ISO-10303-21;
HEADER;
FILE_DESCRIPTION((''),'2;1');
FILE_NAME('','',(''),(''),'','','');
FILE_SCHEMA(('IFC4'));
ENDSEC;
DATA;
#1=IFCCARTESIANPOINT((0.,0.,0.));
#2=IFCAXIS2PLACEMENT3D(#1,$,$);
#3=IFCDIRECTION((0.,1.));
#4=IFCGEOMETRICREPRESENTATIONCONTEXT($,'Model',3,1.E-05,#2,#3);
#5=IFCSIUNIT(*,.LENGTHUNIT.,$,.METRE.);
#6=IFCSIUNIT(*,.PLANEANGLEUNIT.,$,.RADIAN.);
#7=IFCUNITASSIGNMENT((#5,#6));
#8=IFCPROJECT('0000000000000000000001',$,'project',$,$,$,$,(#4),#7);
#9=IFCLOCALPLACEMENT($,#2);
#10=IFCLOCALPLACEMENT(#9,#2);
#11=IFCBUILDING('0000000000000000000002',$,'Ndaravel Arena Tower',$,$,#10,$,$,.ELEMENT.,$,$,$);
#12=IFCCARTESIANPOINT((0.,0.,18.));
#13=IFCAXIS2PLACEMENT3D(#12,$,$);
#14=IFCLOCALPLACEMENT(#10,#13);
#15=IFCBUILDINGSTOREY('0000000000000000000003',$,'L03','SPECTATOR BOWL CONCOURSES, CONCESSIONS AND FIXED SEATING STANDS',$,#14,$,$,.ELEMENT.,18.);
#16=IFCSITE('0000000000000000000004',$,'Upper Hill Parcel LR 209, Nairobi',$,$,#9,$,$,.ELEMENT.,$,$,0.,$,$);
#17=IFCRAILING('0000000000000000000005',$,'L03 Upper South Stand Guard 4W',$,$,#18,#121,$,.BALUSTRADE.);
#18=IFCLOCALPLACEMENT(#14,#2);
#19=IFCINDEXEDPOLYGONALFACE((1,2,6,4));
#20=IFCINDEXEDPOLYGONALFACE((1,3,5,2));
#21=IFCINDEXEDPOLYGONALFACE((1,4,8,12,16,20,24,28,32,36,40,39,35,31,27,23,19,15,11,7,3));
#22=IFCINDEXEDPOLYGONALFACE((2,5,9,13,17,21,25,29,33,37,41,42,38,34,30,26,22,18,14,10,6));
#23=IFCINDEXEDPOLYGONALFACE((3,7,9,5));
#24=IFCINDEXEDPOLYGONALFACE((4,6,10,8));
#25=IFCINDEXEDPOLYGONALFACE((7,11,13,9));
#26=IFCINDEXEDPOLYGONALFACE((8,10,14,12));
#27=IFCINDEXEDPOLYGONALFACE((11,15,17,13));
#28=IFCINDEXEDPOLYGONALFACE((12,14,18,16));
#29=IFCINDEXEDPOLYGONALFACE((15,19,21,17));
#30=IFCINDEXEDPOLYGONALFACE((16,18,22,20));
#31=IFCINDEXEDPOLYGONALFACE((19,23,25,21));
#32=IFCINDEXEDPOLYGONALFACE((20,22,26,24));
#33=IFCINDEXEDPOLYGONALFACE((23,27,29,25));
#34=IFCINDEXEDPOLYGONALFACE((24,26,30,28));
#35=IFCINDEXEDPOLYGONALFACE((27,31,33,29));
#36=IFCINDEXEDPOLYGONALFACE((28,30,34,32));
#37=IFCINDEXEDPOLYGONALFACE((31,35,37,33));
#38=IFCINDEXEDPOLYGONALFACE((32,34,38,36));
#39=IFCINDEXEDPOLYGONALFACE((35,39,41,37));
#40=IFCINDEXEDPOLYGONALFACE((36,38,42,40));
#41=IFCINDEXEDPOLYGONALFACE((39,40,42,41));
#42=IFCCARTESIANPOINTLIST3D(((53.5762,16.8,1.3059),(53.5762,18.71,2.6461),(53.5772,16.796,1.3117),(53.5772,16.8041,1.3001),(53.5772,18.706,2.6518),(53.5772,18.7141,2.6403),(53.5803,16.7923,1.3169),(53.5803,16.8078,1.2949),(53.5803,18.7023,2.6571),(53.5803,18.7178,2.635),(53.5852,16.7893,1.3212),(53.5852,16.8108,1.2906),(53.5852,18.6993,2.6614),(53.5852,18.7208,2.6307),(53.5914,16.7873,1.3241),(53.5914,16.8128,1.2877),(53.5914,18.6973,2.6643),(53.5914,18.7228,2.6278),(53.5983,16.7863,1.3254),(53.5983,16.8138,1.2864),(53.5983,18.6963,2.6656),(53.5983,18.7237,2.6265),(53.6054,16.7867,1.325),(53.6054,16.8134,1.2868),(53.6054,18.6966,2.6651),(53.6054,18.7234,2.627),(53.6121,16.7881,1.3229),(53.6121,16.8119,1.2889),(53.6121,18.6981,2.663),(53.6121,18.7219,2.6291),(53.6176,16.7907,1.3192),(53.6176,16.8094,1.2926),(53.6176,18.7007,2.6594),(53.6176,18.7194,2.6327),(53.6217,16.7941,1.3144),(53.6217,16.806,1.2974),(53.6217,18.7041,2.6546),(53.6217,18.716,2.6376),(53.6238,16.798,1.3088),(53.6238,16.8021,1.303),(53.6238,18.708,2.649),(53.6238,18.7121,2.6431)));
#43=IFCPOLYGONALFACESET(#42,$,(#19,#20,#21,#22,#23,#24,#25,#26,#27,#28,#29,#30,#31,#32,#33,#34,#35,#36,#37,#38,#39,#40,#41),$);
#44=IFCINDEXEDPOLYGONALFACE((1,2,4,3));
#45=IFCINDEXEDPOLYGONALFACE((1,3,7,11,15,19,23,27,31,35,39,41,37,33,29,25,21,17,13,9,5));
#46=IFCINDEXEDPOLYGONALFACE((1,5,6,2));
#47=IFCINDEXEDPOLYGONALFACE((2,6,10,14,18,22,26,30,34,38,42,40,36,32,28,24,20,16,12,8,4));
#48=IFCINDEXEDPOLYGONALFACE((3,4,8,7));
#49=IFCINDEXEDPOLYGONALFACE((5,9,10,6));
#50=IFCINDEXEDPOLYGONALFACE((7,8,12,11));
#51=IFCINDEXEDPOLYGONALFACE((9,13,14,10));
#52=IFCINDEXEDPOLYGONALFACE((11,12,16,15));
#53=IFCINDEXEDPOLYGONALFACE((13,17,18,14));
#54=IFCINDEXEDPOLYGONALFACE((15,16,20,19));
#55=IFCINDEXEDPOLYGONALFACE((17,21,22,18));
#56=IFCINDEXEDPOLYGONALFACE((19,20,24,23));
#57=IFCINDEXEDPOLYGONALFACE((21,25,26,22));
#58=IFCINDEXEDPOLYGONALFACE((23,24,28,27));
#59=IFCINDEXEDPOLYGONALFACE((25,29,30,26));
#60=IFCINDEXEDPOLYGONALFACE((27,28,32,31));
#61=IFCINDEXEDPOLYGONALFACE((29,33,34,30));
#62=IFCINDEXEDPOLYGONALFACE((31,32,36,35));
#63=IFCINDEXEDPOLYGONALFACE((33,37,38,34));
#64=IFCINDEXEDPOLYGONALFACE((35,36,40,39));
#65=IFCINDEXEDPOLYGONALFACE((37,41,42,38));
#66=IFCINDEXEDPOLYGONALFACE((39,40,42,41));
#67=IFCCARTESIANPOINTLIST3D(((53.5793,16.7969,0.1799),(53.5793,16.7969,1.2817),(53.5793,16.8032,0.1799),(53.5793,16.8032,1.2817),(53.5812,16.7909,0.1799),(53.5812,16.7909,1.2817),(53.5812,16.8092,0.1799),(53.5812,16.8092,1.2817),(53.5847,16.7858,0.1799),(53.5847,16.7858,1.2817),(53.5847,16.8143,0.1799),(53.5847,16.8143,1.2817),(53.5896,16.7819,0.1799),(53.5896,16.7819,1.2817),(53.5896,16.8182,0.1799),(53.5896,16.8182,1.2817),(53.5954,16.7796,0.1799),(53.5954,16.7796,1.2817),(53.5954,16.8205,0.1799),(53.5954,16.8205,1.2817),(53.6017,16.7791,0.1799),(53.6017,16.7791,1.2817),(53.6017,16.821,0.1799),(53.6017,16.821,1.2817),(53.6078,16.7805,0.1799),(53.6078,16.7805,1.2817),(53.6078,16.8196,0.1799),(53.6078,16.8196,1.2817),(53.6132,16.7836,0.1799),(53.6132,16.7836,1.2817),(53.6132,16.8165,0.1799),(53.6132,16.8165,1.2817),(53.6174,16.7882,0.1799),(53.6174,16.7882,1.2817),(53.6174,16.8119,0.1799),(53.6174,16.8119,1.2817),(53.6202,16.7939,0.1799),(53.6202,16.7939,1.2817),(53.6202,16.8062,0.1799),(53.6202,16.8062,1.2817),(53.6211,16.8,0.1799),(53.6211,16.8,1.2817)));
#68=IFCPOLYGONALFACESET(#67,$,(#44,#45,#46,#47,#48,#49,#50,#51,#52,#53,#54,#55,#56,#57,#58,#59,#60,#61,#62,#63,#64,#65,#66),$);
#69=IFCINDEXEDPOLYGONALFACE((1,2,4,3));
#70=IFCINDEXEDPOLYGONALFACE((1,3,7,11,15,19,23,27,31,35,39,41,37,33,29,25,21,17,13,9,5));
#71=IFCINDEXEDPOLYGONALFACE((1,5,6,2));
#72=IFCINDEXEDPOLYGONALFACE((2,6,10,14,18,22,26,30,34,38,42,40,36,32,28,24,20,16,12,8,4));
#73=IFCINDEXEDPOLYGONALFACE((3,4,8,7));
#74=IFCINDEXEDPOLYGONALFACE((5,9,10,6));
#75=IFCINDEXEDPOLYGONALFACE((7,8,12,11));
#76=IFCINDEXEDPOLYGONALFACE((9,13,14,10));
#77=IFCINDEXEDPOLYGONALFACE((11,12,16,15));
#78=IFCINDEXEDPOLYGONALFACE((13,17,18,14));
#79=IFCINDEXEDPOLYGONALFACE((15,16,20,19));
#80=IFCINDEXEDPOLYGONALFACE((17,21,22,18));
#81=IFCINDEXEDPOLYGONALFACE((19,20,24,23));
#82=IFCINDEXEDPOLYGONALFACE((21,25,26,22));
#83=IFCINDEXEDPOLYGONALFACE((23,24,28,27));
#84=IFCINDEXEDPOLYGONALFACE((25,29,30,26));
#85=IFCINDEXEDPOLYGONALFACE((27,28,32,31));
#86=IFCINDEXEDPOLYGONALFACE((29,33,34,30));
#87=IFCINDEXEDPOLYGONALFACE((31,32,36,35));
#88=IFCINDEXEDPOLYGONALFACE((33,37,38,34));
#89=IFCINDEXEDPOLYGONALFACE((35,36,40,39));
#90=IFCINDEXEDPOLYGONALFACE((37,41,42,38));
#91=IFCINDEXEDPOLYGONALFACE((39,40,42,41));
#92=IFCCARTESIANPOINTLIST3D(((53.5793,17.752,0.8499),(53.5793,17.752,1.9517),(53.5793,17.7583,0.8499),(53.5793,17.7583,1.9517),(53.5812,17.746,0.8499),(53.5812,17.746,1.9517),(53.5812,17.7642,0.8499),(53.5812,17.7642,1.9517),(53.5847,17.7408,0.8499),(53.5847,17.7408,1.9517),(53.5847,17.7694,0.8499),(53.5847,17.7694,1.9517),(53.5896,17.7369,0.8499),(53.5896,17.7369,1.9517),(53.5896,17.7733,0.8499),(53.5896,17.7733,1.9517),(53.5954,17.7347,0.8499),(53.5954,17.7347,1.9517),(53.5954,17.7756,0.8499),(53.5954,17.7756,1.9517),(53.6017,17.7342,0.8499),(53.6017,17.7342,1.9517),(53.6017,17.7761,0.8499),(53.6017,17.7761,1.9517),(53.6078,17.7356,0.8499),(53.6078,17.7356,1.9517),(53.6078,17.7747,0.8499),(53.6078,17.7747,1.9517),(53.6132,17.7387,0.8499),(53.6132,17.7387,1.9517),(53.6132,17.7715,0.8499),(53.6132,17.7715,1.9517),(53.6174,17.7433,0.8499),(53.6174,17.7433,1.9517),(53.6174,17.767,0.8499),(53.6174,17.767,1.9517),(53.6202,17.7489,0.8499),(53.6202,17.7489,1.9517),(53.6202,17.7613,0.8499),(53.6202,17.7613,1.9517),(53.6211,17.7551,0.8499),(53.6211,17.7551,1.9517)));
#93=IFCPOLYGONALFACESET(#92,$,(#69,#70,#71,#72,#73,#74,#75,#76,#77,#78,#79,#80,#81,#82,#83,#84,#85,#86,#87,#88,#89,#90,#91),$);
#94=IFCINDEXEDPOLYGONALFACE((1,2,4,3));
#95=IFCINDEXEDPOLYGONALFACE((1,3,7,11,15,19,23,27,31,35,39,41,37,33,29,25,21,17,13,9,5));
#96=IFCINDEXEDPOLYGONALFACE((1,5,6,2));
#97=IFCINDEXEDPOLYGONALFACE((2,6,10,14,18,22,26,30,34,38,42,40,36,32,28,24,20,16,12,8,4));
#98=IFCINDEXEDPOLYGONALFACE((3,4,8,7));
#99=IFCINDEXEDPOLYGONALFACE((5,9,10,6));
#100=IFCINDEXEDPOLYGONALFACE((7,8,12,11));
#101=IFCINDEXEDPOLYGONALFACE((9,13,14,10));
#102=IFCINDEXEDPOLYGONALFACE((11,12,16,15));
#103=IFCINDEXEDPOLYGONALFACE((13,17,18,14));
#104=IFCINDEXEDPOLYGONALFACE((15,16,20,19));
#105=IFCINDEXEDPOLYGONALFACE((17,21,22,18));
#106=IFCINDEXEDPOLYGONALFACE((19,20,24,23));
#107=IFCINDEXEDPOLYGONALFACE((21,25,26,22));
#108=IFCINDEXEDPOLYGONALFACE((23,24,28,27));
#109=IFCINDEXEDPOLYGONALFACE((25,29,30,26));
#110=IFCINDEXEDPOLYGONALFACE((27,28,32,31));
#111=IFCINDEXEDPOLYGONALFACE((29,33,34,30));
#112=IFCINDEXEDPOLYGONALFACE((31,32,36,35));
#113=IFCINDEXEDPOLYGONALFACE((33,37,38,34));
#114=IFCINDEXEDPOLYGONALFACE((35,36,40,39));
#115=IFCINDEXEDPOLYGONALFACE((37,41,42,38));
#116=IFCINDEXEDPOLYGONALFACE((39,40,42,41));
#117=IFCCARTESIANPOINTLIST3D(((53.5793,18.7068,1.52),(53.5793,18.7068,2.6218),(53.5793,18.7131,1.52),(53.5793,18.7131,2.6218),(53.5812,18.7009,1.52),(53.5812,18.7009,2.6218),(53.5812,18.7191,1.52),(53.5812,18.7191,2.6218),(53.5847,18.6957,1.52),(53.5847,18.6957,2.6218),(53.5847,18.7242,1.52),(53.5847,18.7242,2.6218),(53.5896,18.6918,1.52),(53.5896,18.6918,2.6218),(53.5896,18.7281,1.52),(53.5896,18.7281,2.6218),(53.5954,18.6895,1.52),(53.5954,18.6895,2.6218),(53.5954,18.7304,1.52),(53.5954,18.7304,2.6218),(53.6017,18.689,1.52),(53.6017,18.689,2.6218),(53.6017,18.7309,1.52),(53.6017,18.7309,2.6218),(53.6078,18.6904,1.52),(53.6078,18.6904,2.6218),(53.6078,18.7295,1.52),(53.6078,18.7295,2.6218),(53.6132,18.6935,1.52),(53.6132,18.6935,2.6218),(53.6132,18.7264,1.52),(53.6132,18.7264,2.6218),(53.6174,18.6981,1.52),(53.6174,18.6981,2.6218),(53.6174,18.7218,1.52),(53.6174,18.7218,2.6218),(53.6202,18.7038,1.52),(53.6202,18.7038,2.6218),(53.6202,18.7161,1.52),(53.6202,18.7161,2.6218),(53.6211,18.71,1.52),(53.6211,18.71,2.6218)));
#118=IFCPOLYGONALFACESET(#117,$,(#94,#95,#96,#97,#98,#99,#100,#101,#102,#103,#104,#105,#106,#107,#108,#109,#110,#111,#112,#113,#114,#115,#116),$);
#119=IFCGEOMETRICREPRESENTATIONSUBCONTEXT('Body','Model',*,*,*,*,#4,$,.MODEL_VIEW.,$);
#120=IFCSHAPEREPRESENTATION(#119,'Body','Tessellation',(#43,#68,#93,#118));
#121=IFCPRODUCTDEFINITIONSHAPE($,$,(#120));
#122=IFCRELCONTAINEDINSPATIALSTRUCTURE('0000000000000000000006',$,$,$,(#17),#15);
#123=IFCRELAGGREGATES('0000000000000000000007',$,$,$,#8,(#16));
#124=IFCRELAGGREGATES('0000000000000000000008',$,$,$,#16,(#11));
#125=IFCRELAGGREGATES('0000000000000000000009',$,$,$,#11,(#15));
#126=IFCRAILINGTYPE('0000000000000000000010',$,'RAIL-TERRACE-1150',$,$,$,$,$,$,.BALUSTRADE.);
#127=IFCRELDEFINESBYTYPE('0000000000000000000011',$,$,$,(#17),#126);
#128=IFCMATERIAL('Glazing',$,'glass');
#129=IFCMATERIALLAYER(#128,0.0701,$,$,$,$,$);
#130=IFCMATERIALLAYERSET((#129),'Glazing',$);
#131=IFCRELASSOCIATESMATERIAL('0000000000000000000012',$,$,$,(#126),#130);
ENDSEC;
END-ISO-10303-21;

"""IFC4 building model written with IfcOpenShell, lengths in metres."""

from ifc_helpers import new_model, si_unit, direction, frame, origin, origin_2d, place, context, subcontext, project, spatial, circle, extrude, material, layer, layer_set, type_object, element, save


model = new_model("IFC4")

# Units and contexts
model_context = context("Model", 3, precision=1e-05, world=origin(), true_north=direction((0.0, 1.0)))
body_context = subcontext(model_context, "Body", "Model", "MODEL_VIEW")
ifc_project = project(units=[si_unit("LENGTHUNIT", "METRE"), si_unit("PLANEANGLEUNIT", "RADIAN")], contexts=[model_context])

# Site, building, storey
site_placement = place(None, origin())
site = spatial("IfcSite", under=ifc_project, at=site_placement, Name="Upper Hill Parcel LR 209, Nairobi", CompositionType="ELEMENT", RefElevation=0.0)
building_placement = place(site_placement, origin())
building = spatial("IfcBuilding", under=site, at=building_placement, Name="Ndaravel Arena Tower", CompositionType="ELEMENT")
storey_placement = place(building_placement, frame((0.0, 0.0, 18.0)))
storey = spatial("IfcBuildingStorey", under=building, at=storey_placement, Name="L03", Description="SPECTATOR BOWL CONCOURSES, CONCESSIONS AND FIXED SEATING STANDS", CompositionType="ELEMENT", Elevation=18.0)

# Railing
ifc_material_1 = material(Name="Glazing", Category="glass")
ifc_layer_1 = layer(ifc_material_1, 0.0701)
ifc_layer_set_1 = layer_set([ifc_layer_1], Name="Glazing")
railing_type = type_object("IfcRailingType", Name="RAIL-TERRACE-1150", PredefinedType="BALUSTRADE", material=ifc_layer_set_1)
railing_1_placement = place(storey_placement, frame((53.6001, 16.8, 0.1799)))
element("IfcRailing", 1, at=railing_1_placement, inside=storey, type_object=railing_type, Name="L03 Upper South Stand Guard 4W", PredefinedType="BALUSTRADE", context=body_context, shape_type="SweptSolid", body=[
    extrude(circle(Radius=0.0239, at=origin_2d()), frame((0.0, 0.0, 1.126), z_axis=(0.0, 0.818597, 0.574368), x_axis=(-1.0, 0.0, 0.0)), (0.0, 0.0, 1.0), 2.3333),
    extrude(circle(Radius=0.021, at=origin_2d()), origin(), (0.0, 0.0, 1.0), 1.1018),
    extrude(circle(Radius=0.021, at=origin_2d()), frame((0.0, 0.9551, 0.6699)), (0.0, 0.0, 1.0), 1.1018),
    extrude(circle(Radius=0.021, at=origin_2d()), frame((0.0, 1.9099, 1.3401)), (0.0, 0.0, 1.0), 1.1018),
])

save(model, "model.ifc")
